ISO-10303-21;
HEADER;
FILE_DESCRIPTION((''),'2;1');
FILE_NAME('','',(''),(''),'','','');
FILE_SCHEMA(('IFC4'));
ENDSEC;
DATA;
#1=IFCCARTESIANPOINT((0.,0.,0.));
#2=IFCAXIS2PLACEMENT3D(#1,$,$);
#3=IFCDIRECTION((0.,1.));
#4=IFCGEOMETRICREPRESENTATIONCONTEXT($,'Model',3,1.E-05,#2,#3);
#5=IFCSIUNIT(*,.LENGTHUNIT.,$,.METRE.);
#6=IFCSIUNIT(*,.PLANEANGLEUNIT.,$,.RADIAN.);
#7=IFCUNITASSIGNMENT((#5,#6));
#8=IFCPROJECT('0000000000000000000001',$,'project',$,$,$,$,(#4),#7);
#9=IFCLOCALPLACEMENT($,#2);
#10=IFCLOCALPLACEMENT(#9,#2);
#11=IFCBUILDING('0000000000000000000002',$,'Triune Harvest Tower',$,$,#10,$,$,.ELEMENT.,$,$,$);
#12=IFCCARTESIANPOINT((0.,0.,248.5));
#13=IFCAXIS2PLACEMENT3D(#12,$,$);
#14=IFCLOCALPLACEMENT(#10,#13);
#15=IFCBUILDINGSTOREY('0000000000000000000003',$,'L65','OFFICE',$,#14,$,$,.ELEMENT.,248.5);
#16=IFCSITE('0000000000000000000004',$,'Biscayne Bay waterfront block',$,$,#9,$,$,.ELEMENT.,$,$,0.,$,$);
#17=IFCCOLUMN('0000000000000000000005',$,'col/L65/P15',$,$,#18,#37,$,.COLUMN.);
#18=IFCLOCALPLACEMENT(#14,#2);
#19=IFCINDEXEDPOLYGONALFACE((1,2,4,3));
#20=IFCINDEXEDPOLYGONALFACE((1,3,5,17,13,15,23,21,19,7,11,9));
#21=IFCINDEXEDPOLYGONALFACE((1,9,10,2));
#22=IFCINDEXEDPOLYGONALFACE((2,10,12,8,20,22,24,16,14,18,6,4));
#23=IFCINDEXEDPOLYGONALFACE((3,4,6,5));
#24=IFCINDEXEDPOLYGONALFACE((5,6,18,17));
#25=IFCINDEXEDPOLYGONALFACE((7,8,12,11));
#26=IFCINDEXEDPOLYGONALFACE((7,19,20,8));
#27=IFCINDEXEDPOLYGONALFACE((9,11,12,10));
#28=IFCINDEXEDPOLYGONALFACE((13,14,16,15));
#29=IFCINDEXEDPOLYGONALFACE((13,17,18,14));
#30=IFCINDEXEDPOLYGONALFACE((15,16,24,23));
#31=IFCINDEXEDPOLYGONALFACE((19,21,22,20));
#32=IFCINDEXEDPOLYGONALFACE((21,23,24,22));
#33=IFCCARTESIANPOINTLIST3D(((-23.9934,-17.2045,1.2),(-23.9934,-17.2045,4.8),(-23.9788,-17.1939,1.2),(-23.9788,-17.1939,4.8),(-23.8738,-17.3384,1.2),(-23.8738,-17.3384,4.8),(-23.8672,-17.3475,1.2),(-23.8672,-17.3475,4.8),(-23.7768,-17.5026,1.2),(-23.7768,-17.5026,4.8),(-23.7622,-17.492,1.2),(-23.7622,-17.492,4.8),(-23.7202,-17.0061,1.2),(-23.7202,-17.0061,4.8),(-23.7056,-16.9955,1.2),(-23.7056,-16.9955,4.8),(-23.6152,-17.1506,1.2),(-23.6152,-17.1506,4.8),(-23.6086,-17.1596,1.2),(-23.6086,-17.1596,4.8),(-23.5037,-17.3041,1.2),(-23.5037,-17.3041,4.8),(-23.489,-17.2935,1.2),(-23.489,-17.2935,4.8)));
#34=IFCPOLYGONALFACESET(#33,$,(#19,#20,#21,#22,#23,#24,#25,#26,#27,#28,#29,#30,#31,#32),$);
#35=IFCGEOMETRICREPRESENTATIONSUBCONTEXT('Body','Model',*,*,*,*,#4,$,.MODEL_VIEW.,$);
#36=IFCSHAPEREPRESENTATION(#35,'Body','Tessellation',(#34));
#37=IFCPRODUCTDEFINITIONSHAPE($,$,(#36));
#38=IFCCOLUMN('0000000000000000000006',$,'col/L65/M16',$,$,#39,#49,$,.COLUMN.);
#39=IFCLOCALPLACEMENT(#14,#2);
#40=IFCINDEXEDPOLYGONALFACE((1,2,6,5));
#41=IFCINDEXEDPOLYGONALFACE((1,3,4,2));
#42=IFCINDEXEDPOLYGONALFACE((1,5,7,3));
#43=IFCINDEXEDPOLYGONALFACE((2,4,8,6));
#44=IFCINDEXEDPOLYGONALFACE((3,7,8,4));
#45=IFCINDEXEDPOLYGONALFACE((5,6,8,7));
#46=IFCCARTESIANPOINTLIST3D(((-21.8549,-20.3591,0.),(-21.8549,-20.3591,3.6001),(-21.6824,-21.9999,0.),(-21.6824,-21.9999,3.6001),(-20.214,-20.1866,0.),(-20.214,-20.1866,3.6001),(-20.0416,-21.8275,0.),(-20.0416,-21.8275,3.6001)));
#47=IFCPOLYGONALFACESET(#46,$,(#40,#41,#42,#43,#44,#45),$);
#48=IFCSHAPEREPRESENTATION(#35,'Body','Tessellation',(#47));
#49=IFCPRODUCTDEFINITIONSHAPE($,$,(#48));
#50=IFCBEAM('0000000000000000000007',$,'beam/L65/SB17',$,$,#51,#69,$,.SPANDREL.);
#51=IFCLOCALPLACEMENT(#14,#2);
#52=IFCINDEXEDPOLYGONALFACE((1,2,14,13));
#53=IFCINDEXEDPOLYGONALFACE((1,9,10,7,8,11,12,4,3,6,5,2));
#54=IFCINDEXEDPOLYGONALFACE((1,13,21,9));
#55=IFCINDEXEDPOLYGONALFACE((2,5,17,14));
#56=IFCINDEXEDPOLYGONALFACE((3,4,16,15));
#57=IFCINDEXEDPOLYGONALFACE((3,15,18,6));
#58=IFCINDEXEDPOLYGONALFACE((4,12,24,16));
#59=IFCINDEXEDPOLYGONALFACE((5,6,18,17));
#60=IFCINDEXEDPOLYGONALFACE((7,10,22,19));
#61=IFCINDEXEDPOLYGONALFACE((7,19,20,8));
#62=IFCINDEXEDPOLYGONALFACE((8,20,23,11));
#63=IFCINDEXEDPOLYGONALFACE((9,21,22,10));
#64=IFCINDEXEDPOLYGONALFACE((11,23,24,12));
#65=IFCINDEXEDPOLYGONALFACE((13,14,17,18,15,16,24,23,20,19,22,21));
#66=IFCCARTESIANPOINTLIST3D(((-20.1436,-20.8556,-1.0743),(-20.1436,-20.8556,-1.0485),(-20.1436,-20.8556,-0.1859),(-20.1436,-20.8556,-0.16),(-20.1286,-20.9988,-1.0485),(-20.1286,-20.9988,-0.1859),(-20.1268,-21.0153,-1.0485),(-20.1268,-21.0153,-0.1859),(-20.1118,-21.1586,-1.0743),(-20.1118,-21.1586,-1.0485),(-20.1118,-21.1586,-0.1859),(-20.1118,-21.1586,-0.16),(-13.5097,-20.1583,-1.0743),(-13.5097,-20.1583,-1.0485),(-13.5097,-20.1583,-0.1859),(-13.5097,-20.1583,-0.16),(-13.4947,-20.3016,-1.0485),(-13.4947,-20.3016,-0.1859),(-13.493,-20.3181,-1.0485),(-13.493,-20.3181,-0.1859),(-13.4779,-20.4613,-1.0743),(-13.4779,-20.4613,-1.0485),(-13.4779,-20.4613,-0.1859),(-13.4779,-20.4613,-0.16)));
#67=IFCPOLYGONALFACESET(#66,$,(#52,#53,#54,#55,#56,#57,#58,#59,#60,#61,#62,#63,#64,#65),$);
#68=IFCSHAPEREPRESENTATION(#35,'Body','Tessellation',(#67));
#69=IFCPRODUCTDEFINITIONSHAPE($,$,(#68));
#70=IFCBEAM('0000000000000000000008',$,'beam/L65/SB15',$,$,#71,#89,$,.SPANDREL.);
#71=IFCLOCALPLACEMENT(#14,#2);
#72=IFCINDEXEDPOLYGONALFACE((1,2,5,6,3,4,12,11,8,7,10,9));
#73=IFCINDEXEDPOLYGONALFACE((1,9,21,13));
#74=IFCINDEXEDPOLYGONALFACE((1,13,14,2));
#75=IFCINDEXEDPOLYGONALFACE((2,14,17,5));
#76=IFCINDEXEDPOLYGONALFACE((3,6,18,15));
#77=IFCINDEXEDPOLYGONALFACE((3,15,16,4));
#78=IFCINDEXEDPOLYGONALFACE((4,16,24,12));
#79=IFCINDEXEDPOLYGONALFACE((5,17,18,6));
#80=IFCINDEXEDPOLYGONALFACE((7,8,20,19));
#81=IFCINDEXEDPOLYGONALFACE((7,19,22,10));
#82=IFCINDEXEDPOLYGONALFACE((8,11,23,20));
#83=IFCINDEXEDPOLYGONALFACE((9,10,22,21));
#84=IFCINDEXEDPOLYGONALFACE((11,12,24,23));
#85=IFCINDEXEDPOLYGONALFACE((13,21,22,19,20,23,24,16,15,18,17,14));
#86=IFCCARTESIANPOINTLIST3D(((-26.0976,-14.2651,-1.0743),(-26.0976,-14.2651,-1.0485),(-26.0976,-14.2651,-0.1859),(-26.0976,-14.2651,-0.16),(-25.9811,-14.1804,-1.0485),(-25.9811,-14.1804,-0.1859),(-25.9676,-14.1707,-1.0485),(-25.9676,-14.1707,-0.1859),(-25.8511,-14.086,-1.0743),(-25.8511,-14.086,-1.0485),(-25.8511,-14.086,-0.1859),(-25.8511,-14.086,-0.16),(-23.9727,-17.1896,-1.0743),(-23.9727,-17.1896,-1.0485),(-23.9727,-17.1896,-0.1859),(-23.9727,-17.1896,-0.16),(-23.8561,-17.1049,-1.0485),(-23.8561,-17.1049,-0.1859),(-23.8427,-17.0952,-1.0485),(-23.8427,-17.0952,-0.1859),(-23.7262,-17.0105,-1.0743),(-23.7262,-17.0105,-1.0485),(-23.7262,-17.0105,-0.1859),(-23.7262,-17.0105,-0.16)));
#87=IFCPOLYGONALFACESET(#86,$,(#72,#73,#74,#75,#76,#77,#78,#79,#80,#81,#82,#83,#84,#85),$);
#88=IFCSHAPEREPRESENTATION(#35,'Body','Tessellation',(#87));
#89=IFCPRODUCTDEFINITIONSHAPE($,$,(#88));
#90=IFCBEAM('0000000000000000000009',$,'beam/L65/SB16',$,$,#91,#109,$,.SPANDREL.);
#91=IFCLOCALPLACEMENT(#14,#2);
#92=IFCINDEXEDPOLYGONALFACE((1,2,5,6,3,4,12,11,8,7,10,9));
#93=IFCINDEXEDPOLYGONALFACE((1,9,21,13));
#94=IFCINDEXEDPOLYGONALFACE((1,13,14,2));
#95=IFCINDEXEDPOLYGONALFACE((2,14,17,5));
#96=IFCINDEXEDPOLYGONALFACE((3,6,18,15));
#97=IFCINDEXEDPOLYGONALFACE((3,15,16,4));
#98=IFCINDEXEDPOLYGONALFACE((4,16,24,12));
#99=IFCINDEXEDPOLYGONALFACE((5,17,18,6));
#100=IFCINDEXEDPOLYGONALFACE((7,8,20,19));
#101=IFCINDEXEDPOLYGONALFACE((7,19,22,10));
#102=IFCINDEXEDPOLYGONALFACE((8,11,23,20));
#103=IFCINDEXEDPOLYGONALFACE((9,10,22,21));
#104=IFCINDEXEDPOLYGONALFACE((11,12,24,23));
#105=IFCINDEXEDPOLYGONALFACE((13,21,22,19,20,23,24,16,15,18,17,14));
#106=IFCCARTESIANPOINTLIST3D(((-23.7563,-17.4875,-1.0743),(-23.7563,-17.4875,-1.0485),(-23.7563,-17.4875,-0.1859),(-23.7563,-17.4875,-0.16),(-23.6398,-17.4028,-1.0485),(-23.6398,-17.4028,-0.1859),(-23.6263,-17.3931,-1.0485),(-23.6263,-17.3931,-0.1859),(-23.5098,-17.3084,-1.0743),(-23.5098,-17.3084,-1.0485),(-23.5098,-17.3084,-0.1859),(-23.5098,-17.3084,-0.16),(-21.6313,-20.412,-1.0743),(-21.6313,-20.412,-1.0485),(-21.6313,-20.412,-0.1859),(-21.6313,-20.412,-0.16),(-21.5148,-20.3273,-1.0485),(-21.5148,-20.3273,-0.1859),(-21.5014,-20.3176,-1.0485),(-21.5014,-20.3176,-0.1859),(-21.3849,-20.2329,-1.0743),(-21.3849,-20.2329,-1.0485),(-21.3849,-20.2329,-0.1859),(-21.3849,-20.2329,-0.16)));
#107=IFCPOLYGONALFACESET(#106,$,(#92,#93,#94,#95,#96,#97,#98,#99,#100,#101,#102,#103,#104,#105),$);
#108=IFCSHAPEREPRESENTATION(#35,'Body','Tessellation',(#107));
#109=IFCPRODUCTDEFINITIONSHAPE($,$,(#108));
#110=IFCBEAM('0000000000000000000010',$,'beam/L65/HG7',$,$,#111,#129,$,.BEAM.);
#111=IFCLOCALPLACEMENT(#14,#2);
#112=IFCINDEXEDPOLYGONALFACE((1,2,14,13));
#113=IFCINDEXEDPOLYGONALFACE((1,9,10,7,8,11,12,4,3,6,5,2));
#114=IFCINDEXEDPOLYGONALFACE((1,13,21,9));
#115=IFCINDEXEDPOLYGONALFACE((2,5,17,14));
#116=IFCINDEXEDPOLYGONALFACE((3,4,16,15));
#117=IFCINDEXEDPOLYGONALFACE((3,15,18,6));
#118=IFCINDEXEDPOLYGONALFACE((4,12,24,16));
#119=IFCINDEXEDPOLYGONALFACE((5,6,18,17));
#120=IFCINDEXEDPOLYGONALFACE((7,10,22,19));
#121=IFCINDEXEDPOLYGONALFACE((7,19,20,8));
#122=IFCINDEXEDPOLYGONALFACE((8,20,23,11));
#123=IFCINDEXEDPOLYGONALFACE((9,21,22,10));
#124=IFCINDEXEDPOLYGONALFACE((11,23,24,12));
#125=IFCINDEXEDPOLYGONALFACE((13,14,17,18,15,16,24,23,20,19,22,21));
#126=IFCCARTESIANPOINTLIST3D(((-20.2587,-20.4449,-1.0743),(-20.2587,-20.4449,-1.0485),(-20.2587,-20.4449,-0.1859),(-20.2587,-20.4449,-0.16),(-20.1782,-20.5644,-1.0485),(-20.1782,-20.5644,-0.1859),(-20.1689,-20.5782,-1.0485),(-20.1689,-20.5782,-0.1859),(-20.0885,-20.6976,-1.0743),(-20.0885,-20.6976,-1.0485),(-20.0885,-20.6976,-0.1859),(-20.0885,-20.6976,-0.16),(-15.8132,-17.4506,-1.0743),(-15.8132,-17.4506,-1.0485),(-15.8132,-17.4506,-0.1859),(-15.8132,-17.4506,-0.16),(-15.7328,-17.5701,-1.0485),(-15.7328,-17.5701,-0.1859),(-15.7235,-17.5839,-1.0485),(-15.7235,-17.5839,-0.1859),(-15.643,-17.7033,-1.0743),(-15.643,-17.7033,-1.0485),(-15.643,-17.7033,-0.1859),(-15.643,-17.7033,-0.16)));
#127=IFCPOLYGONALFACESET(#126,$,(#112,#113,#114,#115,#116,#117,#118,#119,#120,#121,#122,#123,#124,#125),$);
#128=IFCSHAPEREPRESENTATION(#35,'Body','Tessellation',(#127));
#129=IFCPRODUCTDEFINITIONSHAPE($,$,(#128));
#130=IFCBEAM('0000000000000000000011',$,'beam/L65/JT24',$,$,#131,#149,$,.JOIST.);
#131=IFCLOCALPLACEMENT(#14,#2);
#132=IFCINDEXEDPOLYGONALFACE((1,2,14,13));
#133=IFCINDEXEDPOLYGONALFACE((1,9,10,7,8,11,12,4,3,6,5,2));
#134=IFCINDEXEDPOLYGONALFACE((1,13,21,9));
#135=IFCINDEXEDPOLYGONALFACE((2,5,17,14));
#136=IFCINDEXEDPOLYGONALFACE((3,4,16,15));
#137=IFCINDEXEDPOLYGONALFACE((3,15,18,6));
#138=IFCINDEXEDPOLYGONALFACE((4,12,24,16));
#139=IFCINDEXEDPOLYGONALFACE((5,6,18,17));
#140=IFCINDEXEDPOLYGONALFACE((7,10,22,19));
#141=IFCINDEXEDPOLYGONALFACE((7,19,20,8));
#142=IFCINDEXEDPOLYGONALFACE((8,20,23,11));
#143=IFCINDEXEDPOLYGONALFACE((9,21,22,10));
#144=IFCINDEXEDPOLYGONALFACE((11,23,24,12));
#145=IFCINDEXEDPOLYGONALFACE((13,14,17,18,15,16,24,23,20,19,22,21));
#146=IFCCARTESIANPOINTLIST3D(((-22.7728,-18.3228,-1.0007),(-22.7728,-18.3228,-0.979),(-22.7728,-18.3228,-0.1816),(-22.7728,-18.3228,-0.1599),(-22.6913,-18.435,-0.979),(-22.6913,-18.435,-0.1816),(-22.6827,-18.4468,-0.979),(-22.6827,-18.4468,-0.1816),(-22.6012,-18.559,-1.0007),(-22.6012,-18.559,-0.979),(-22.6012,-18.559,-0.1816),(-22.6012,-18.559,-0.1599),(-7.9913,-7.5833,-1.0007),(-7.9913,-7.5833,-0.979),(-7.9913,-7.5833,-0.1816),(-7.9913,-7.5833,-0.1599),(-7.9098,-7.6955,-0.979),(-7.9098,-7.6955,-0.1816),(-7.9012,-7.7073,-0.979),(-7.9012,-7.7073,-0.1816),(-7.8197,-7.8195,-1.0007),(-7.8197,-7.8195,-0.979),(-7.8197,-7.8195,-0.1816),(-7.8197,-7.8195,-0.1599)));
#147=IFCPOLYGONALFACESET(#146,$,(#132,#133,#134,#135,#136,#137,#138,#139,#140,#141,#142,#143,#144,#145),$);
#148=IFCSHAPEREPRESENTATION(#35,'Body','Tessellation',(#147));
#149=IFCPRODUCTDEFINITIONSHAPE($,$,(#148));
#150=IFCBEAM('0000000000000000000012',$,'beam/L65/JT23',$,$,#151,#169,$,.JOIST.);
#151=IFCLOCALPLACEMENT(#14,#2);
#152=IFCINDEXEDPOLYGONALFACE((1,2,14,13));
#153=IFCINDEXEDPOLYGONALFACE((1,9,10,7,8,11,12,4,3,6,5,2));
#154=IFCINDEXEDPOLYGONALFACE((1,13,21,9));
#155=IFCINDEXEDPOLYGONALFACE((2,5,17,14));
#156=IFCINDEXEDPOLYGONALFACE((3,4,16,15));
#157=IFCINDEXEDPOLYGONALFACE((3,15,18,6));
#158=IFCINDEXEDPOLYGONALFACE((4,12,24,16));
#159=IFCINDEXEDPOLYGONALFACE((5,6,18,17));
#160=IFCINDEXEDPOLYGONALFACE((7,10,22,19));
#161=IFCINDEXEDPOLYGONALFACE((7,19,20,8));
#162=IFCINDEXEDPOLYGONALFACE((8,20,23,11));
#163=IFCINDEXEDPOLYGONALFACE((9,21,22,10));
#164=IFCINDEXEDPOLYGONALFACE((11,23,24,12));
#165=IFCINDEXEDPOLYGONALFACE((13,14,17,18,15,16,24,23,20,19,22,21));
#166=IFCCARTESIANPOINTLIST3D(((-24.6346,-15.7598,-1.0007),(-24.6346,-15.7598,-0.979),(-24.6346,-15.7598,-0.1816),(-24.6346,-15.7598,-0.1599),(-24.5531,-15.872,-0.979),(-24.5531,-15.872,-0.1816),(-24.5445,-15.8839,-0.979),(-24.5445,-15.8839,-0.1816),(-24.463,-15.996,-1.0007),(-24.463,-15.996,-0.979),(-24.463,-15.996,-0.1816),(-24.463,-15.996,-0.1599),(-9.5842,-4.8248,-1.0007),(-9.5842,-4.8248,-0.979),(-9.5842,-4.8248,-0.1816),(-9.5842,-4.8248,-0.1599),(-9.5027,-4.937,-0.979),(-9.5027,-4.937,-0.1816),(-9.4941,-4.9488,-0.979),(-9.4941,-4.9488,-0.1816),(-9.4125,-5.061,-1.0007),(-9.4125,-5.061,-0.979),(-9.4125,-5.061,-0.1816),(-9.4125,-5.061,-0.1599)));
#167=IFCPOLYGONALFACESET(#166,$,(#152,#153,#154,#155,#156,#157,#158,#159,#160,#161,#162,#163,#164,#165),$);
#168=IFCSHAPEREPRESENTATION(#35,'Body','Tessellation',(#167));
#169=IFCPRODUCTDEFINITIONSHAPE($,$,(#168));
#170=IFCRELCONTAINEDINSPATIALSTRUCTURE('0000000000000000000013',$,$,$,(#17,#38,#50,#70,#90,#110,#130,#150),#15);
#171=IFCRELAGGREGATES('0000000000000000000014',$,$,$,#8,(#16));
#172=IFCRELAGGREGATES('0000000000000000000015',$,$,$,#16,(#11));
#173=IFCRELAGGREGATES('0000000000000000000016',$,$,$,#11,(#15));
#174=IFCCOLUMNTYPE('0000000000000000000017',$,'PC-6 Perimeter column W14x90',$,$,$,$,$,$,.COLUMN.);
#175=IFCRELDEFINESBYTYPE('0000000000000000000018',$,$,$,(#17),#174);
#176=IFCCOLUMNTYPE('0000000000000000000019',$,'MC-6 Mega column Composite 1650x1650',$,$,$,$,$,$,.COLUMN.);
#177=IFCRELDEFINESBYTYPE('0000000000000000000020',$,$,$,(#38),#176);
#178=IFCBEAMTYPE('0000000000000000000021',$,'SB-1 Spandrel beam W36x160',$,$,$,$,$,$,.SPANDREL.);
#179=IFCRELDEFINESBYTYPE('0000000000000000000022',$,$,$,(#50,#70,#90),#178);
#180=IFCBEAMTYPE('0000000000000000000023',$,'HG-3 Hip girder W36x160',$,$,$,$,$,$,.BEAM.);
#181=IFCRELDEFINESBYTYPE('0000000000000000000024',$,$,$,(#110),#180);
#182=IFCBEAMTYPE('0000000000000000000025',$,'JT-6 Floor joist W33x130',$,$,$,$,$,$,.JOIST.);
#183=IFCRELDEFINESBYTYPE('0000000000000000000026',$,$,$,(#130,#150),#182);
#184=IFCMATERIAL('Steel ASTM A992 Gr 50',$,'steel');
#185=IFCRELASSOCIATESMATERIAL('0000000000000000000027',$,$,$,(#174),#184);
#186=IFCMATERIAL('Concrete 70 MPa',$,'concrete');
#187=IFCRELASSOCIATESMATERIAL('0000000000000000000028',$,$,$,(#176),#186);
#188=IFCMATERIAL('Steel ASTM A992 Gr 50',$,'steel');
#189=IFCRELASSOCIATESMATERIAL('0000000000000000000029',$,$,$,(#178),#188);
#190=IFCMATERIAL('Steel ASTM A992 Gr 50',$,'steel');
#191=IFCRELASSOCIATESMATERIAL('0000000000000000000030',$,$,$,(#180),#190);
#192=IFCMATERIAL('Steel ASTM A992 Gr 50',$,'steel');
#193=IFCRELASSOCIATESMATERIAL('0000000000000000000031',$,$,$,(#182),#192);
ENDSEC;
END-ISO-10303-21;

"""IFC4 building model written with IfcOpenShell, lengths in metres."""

from ifc_helpers import new_model, si_unit, direction, frame, origin, origin_2d, place, context, subcontext, project, spatial, rectangle, i_section, extrude, source, transform, mapped, material, material_profile, profile_set, type_object, element, save


model = new_model("IFC4")

# Units and contexts
model_context = context("Model", 3, precision=1e-05, world=origin(), true_north=direction((0.0, 1.0)))
body_context = subcontext(model_context, "Body", "Model", "MODEL_VIEW")
ifc_project = project(units=[si_unit("LENGTHUNIT", "METRE"), si_unit("PLANEANGLEUNIT", "RADIAN")], contexts=[model_context])

# Site, building, storey
site_placement = place(None, origin())
site = spatial("IfcSite", under=ifc_project, at=site_placement, Name="Biscayne Bay waterfront block", CompositionType="ELEMENT", RefElevation=0.0)
building_placement = place(site_placement, origin())
building = spatial("IfcBuilding", under=site, at=building_placement, Name="Triune Harvest Tower", CompositionType="ELEMENT")
storey_placement = place(building_placement, frame((0.0, 0.0, 248.5)))
storey = spatial("IfcBuildingStorey", under=building, at=storey_placement, Name="L65", Description="OFFICE", CompositionType="ELEMENT", Elevation=248.5)

# Columns
ifc_material_1 = material(Name="Steel ASTM A992 Gr 50", Category="steel")
ifc_material_profile_1 = material_profile(ifc_material_1, i_section(OverallWidth=0.3684, OverallDepth=0.3557, WebThickness=0.0112, FlangeThickness=0.0181, at=origin_2d()), Name="W14x90")
ifc_profile_set_1 = profile_set([ifc_material_profile_1], Name="Steel ASTM A992 Gr 50")
column_type_1 = type_object("IfcColumnType", Name="PC-6 Perimeter column W14x90", PredefinedType="COLUMN", material=ifc_profile_set_1)
shared_shape_1 = source(origin(), body_context, "Body", "SweptSolid", [
    extrude(i_section(OverallWidth=0.3684, OverallDepth=0.3557, WebThickness=0.0112, FlangeThickness=0.0181, at=origin_2d()), origin(), (0.0, 0.0, 1.0), 3.6001),
])
column_1_placement = place(storey_placement, frame((-23.7412, -17.249, 1.2), z_axis=(0.0, 0.0, 1.0), x_axis=(0.587785, -0.809017, 0.0)))
element("IfcColumn", 1, at=column_1_placement, inside=storey, type_object=column_type_1, Name="col/L65/P15", PredefinedType="COLUMN", context=body_context, shape_type="MappedRepresentation", body=[
    mapped(shared_shape_1, transform((0.0, 0.0, 0.0), scale=1.0)),
])
ifc_material_2 = material(Name="Concrete 70 MPa", Category="concrete")
ifc_material_profile_2 = material_profile(ifc_material_2, rectangle(XDim=1.6499, YDim=1.6499, at=origin_2d()), Name="Composite 1650x1650")
ifc_profile_set_2 = profile_set([ifc_material_profile_2], Name="Concrete 70 MPa")
column_type_2 = type_object("IfcColumnType", Name="MC-6 Mega column Composite 1650x1650", PredefinedType="COLUMN", material=ifc_profile_set_2)
shared_shape_2 = source(origin(), body_context, "Body", "SweptSolid", [
    extrude(rectangle(XDim=1.6499, YDim=1.6499, at=origin_2d()), origin(), (0.0, 0.0, 1.0), 3.6001),
])
column_2_placement = place(storey_placement, frame((-20.9482, -21.0933, 0.0), z_axis=(0.0, 0.0, 1.0), x_axis=(0.994522, 0.10453, 0.0)))
element("IfcColumn", 2, at=column_2_placement, inside=storey, type_object=column_type_2, Name="col/L65/M16", PredefinedType="COLUMN", context=body_context, shape_type="MappedRepresentation", body=[
    mapped(shared_shape_2, transform((0.0, 0.0, 0.0), scale=1.0)),
])

# Beams
ifc_material_3 = material(Name="Steel ASTM A992 Gr 50", Category="steel")
ifc_material_profile_3 = material_profile(ifc_material_3, i_section(OverallWidth=0.3047, OverallDepth=0.9143, WebThickness=0.0166, FlangeThickness=0.0259, at=origin_2d()), Name="W36x160")
ifc_profile_set_3 = profile_set([ifc_material_profile_3], Name="Steel ASTM A992 Gr 50")
beam_type_1 = type_object("IfcBeamType", Name="SB-1 Spandrel beam W36x160", PredefinedType="SPANDREL", material=ifc_profile_set_3)
shared_shape_3 = source(origin(), body_context, "Body", "SweptSolid", [
    extrude(i_section(OverallWidth=0.3047, OverallDepth=0.9143, WebThickness=0.0166, FlangeThickness=0.0259, at=origin_2d()), origin(), (0.0, 0.0, 1.0), 6.6704),
])
beam_1_placement = place(storey_placement, frame((-20.1277, -21.0071, -0.6172), z_axis=(0.994521, 0.104532, 0.0), x_axis=(-0.104532, 0.994521, 0.0)))
element("IfcBeam", 3, at=beam_1_placement, inside=storey, type_object=beam_type_1, Name="beam/L65/SB17", PredefinedType="SPANDREL", context=body_context, shape_type="MappedRepresentation", body=[
    mapped(shared_shape_3, transform((0.0, 0.0, 0.0), scale=1.0)),
])
shared_shape_4 = source(origin(), body_context, "Body", "SweptSolid", [
    extrude(i_section(OverallWidth=0.3047, OverallDepth=0.9143, WebThickness=0.0166, FlangeThickness=0.0259, at=origin_2d()), origin(), (0.0, 0.0, 1.0), 3.615),
])
for number, where, z_axis, x_axis, name in (
    (4, (-25.9744, -14.1755, -0.6172), (0.587818, -0.808993, 0.0), (0.808993, 0.587818, 0.0), "beam/L65/SB15"),
    (5, (-23.6331, -17.3979, -0.6172), (0.587818, -0.808993, 0.0), (0.808993, 0.587818, 0.0), "beam/L65/SB16"),
):
    element("IfcBeam", number, at=place(storey_placement, frame(where, z_axis=z_axis, x_axis=x_axis)), inside=storey, type_object=beam_type_1, Name=name, PredefinedType="SPANDREL", context=body_context, shape_type="MappedRepresentation", body=[
        mapped(shared_shape_4, transform((0.0, 0.0, 0.0), scale=1.0)),
    ])
ifc_material_4 = material(Name="Steel ASTM A992 Gr 50", Category="steel")
ifc_material_profile_4 = material_profile(ifc_material_4, i_section(OverallWidth=0.3047, OverallDepth=0.9143, WebThickness=0.0166, FlangeThickness=0.0259, at=origin_2d()), Name="W36x160")
ifc_profile_set_4 = profile_set([ifc_material_profile_4], Name="Steel ASTM A992 Gr 50")
beam_type_2 = type_object("IfcBeamType", Name="HG-3 Hip girder W36x160", PredefinedType="BEAM", material=ifc_profile_set_4)
shared_shape_5 = source(origin(), body_context, "Body", "SweptSolid", [
    extrude(i_section(OverallWidth=0.3047, OverallDepth=0.9143, WebThickness=0.0166, FlangeThickness=0.0259, at=origin_2d()), origin(), (0.0, 0.0, 1.0), 5.3599),
])
beam_2_placement = place(storey_placement, frame((-20.1736, -20.5713, -0.6172), z_axis=(0.829399, 0.558657, 0.0), x_axis=(-0.558657, 0.829399, 0.0)))
element("IfcBeam", 6, at=beam_2_placement, inside=storey, type_object=beam_type_2, Name="beam/L65/HG7", PredefinedType="BEAM", context=body_context, shape_type="MappedRepresentation", body=[
    mapped(shared_shape_5, transform((0.0, 0.0, 0.0), scale=1.0)),
])
ifc_material_5 = material(Name="Steel ASTM A992 Gr 50", Category="steel")
ifc_material_profile_5 = material_profile(ifc_material_5, i_section(OverallWidth=0.292, OverallDepth=0.8408, WebThickness=0.0146, FlangeThickness=0.0217, at=origin_2d()), Name="W33x130")
ifc_profile_set_5 = profile_set([ifc_material_profile_5], Name="Steel ASTM A992 Gr 50")
beam_type_3 = type_object("IfcBeamType", Name="JT-6 Floor joist W33x130", PredefinedType="JOIST", material=ifc_profile_set_5)
shared_shape_6 = source(origin(), body_context, "Body", "SweptSolid", [
    extrude(i_section(OverallWidth=0.292, OverallDepth=0.8408, WebThickness=0.0146, FlangeThickness=0.0217, at=origin_2d()), origin(), (0.0, 0.0, 1.0), 18.271),
])
beam_3_placement = place(storey_placement, frame((-22.687, -18.4409, -0.5803), z_axis=(0.809014, 0.587789, 0.0), x_axis=(-0.587789, 0.809014, 0.0)))
element("IfcBeam", 7, at=beam_3_placement, inside=storey, type_object=beam_type_3, Name="beam/L65/JT24", PredefinedType="JOIST", context=body_context, shape_type="MappedRepresentation", body=[
    mapped(shared_shape_6, transform((0.0, 0.0, 0.0), scale=1.0)),
])
shared_shape_7 = source(origin(), body_context, "Body", "SweptSolid", [
    extrude(i_section(OverallWidth=0.292, OverallDepth=0.8408, WebThickness=0.0146, FlangeThickness=0.0217, at=origin_2d()), origin(), (0.0, 0.0, 1.0), 18.6035),
])
beam_4_placement = place(storey_placement, frame((-24.5488, -15.8779, -0.5803), z_axis=(0.809012, 0.587792, 0.0), x_axis=(-0.587792, 0.809012, 0.0)))
element("IfcBeam", 8, at=beam_4_placement, inside=storey, type_object=beam_type_3, Name="beam/L65/JT23", PredefinedType="JOIST", context=body_context, shape_type="MappedRepresentation", body=[
    mapped(shared_shape_7, transform((0.0, 0.0, 0.0), scale=1.0)),
])

save(model, "model.ifc")
